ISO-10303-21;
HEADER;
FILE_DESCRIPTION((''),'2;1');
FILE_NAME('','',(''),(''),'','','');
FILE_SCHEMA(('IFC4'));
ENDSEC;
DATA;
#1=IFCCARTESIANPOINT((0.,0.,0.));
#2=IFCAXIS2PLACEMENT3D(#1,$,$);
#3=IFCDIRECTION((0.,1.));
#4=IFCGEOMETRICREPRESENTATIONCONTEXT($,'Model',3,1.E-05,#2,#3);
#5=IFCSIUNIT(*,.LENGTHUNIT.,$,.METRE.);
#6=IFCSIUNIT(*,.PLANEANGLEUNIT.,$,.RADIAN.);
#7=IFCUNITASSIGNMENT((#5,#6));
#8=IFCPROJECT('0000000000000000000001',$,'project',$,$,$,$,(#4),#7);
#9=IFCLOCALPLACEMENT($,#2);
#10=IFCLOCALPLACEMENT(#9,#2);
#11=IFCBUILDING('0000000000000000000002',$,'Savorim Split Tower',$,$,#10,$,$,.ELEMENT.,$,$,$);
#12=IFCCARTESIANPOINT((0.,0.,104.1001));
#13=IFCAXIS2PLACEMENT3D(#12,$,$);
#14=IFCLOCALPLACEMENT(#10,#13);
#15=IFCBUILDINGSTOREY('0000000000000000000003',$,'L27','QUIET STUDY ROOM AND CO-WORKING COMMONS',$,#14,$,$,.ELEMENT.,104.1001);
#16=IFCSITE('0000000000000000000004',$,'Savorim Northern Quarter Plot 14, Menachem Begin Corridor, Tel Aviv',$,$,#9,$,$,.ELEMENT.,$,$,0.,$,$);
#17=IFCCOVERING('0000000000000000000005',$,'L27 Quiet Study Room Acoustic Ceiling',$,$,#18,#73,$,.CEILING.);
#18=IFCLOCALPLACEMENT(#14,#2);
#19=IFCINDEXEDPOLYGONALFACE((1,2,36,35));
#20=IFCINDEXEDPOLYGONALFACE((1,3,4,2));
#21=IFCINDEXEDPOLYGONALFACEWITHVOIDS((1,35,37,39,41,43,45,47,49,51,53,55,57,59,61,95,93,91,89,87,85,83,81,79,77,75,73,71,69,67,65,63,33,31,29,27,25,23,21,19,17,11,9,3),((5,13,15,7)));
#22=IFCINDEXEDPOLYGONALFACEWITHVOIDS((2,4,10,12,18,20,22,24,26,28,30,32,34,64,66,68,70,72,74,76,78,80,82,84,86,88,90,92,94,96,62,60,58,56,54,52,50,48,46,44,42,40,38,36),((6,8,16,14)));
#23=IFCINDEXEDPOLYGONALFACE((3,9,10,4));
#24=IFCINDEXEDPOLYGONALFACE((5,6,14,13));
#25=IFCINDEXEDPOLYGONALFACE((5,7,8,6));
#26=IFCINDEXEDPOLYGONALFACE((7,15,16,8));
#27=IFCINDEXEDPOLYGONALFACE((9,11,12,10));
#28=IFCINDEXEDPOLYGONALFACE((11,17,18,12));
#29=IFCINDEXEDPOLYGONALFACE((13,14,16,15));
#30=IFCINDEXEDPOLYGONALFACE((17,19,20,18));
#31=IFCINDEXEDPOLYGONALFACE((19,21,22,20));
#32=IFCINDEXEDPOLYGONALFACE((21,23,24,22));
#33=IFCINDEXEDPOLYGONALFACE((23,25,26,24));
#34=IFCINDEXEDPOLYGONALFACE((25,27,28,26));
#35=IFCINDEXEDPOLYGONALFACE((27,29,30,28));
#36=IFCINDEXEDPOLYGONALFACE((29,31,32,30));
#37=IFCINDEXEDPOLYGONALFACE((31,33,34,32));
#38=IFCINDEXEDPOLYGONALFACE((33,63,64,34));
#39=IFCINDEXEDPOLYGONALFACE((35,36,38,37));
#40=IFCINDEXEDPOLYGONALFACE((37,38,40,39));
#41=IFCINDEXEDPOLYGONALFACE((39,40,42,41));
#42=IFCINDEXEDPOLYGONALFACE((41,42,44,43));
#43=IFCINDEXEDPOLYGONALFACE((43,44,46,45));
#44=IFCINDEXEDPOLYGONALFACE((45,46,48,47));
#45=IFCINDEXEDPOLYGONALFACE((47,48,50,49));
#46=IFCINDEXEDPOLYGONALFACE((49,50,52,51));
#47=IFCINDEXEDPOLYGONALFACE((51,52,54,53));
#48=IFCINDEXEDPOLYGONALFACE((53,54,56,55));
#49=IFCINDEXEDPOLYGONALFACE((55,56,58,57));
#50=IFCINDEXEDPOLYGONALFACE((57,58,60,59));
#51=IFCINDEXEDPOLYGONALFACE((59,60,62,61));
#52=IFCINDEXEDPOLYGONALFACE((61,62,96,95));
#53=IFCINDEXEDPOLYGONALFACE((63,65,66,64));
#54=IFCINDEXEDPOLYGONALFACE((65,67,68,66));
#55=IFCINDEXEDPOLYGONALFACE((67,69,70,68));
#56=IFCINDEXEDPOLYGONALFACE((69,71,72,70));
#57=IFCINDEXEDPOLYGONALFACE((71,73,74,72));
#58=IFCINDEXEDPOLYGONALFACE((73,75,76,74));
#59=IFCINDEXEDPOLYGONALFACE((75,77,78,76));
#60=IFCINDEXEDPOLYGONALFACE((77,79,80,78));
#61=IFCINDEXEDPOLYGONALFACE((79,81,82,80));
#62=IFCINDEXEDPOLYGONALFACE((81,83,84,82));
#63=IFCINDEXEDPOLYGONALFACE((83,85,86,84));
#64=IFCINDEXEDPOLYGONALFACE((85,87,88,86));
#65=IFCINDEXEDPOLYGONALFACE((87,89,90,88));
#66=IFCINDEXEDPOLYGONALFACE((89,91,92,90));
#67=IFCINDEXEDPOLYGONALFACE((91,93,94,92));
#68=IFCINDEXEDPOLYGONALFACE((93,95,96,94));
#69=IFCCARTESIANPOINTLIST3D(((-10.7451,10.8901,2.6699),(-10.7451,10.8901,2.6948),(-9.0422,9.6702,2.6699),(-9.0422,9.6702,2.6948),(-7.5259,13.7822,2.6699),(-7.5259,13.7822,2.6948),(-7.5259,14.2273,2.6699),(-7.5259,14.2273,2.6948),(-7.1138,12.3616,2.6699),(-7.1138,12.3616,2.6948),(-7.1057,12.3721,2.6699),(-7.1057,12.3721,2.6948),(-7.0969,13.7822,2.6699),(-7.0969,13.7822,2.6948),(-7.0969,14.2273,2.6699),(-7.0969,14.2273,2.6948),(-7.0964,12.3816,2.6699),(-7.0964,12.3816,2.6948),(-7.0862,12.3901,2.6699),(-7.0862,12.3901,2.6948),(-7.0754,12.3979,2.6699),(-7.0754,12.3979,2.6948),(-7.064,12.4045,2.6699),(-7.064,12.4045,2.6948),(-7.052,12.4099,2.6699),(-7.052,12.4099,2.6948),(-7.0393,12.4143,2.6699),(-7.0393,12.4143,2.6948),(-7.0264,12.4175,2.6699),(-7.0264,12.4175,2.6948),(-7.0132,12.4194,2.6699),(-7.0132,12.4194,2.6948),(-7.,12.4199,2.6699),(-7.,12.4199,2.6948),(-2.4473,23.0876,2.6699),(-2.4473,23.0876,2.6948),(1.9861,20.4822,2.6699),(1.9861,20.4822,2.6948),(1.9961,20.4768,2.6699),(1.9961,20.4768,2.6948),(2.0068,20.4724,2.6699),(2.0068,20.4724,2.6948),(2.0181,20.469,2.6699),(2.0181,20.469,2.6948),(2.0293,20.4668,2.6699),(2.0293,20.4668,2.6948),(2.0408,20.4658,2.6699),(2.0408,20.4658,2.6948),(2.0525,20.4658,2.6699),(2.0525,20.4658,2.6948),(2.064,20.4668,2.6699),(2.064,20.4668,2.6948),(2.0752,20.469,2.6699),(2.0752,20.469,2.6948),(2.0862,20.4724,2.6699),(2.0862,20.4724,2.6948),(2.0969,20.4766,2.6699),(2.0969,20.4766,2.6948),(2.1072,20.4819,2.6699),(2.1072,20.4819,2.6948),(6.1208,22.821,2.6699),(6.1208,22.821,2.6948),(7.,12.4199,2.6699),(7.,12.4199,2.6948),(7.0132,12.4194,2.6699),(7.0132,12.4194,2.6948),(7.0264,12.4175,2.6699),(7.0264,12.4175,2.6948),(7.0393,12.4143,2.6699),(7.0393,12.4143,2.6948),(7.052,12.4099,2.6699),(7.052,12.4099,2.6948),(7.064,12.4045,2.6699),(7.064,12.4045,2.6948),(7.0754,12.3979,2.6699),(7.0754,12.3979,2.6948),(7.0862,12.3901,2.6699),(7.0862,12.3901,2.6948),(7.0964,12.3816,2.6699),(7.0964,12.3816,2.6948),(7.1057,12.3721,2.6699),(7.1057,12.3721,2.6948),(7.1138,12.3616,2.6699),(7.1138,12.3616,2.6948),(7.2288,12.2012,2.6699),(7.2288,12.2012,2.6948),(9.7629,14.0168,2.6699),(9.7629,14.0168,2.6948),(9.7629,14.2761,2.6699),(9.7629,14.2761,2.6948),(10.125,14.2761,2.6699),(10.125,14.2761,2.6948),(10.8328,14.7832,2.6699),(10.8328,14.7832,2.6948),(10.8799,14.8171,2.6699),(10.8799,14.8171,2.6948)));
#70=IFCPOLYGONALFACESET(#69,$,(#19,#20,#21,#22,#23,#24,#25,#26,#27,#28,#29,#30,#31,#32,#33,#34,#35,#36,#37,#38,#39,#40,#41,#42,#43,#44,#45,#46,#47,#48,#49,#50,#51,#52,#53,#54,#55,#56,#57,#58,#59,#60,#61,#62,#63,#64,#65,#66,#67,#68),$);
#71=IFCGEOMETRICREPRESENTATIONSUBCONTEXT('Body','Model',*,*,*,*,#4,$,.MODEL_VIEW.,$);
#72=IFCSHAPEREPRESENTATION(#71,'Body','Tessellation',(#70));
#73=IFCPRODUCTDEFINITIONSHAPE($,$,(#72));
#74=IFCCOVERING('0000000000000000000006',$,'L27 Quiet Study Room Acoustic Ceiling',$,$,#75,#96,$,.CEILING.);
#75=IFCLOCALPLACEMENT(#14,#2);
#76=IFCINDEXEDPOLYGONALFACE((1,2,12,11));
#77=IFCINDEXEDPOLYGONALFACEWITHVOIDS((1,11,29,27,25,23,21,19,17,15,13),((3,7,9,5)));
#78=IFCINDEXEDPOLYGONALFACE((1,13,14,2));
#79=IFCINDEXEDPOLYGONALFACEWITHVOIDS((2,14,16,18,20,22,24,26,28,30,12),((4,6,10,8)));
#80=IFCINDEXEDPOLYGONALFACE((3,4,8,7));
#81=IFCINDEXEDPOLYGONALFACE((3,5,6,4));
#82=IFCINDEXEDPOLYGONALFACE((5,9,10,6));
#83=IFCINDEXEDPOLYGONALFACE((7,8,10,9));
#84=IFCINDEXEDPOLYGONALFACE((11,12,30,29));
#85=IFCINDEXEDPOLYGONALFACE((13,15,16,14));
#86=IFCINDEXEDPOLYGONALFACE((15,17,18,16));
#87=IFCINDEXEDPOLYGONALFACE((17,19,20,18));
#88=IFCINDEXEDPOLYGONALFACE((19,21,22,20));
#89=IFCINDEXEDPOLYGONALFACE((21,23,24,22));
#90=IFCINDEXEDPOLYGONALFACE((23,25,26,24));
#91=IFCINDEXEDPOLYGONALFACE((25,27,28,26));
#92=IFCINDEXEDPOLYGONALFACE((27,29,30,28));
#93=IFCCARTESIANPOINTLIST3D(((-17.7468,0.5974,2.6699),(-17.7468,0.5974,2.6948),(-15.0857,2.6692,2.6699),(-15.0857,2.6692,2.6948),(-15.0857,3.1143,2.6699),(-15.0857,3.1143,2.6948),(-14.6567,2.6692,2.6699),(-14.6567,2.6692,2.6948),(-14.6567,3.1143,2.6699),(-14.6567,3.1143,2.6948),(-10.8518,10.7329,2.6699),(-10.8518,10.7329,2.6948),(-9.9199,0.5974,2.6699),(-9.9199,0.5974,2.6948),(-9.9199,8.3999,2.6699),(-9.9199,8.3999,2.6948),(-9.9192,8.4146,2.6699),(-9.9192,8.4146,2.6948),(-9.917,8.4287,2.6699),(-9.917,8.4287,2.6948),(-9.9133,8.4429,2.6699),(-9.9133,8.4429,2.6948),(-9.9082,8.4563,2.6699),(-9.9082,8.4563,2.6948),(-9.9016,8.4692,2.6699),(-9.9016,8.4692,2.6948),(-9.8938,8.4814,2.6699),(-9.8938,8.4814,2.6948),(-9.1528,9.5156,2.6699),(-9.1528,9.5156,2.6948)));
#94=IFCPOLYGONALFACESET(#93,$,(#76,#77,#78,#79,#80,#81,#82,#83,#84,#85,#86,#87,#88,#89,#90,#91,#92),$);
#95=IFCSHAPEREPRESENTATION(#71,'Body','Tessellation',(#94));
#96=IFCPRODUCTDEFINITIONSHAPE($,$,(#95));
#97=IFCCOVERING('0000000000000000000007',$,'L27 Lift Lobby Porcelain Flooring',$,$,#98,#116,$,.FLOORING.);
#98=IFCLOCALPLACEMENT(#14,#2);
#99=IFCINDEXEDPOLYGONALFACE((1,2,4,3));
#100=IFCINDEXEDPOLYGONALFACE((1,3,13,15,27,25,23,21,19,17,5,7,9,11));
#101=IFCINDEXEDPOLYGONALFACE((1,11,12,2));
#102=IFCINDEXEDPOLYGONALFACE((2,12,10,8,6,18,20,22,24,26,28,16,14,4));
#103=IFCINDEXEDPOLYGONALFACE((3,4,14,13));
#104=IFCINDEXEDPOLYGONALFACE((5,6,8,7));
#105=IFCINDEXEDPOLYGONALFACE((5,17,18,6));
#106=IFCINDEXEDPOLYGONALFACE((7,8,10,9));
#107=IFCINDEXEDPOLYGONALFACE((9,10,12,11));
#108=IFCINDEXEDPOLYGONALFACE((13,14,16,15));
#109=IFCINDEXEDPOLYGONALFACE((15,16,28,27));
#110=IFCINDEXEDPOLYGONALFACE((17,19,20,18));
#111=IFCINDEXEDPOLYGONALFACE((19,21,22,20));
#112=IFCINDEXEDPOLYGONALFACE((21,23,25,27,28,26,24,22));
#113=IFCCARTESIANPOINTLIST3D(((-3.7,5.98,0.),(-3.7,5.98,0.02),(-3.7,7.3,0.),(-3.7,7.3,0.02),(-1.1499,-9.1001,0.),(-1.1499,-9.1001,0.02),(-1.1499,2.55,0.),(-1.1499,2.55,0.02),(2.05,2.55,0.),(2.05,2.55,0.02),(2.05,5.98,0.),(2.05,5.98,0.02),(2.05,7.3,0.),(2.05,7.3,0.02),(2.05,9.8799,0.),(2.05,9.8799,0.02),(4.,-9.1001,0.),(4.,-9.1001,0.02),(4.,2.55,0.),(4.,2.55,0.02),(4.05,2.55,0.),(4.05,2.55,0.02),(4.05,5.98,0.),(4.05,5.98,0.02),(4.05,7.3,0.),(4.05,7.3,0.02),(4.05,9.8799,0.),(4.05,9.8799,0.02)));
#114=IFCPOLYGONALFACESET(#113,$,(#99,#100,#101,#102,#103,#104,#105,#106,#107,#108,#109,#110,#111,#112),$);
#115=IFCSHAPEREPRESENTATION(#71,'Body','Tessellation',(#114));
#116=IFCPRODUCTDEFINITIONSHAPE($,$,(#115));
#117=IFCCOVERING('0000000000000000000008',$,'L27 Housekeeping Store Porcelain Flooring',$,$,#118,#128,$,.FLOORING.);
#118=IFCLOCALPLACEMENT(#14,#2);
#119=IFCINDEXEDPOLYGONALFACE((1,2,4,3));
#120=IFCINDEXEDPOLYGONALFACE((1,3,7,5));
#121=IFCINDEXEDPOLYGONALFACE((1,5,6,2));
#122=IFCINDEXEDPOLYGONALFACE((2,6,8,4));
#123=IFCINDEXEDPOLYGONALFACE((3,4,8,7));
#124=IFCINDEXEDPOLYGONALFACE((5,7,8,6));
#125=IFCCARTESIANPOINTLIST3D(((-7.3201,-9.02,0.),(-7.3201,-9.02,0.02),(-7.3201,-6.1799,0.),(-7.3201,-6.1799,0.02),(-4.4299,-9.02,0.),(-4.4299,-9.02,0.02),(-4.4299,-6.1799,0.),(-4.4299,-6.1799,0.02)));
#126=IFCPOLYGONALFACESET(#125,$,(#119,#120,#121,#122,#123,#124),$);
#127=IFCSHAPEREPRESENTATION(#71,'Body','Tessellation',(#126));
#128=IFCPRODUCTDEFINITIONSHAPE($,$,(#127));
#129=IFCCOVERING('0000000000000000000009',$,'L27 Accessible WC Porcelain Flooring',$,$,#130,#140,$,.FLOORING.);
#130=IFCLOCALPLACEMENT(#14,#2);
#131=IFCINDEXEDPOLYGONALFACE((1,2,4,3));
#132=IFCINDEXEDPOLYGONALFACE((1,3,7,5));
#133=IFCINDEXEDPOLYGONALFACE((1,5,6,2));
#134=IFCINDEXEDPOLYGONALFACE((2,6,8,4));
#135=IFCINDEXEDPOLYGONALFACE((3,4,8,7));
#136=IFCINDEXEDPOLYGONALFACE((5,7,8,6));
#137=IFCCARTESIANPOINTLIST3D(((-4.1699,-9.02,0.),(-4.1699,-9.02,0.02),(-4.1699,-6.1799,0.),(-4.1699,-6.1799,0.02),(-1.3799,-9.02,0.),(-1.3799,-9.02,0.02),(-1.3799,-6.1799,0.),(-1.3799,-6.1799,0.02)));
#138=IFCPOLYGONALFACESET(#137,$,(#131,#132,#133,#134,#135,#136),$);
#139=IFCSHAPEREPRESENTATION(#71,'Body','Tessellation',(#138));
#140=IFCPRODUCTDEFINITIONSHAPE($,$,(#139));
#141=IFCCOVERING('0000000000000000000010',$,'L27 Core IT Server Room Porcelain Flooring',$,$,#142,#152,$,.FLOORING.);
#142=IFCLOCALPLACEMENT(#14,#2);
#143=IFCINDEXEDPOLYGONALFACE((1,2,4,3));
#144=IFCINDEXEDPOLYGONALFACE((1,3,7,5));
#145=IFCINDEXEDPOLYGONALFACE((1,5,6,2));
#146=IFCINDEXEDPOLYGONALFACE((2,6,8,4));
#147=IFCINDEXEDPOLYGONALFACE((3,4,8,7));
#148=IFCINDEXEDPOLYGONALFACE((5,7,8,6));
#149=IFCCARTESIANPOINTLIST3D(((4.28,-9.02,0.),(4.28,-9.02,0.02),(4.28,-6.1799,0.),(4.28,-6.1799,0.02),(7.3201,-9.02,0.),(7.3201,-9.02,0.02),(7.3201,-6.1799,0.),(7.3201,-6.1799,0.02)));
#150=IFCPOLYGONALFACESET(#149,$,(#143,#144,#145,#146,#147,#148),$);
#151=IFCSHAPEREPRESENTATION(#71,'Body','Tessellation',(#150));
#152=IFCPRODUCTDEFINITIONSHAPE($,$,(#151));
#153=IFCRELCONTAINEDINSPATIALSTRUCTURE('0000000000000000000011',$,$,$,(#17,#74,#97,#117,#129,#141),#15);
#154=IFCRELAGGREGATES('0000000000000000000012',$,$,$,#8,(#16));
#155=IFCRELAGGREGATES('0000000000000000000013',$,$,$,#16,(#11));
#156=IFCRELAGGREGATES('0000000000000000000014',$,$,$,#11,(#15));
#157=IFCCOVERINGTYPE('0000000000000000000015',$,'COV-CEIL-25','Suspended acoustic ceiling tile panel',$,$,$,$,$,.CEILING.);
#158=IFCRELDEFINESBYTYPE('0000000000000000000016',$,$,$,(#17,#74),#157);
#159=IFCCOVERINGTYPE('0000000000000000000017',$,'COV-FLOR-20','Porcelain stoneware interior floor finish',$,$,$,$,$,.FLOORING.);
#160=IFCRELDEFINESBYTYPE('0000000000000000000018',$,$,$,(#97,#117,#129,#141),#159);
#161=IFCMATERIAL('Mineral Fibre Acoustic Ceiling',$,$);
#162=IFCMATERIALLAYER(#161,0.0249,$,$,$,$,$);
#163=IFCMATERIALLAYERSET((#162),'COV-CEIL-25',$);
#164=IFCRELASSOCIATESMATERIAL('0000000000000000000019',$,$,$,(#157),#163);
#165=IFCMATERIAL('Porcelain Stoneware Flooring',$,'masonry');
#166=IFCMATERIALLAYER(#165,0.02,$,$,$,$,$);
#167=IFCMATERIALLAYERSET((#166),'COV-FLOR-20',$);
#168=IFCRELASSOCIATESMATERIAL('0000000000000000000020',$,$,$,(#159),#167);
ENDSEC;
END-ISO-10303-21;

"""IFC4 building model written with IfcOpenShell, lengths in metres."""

from ifc_helpers import new_model, si_unit, direction, frame, origin, place, context, subcontext, project, spatial, polyline, outline, extrude, material, layer, layer_set, type_object, element, save


model = new_model("IFC4")

# Units and contexts
model_context = context("Model", 3, precision=1e-05, world=origin(), true_north=direction((0.0, 1.0)))
body_context = subcontext(model_context, "Body", "Model", "MODEL_VIEW")
ifc_project = project(units=[si_unit("LENGTHUNIT", "METRE"), si_unit("PLANEANGLEUNIT", "RADIAN")], contexts=[model_context])

# Site, building, storey
site_placement = place(None, origin())
site = spatial("IfcSite", under=ifc_project, at=site_placement, Name="Savorim Northern Quarter Plot 14, Menachem Begin Corridor, Tel Aviv", CompositionType="ELEMENT", RefElevation=0.0)
building_placement = place(site_placement, origin())
building = spatial("IfcBuilding", under=site, at=building_placement, Name="Savorim Split Tower", CompositionType="ELEMENT")
storey_placement = place(building_placement, frame((0.0, 0.0, 104.1001)))
storey = spatial("IfcBuildingStorey", under=building, at=storey_placement, Name="L27", Description="QUIET STUDY ROOM AND CO-WORKING COMMONS", CompositionType="ELEMENT", Elevation=104.1001)

# Coverings
ifc_material_1 = material(Name="Mineral Fibre Acoustic Ceiling")
ifc_layer_1 = layer(ifc_material_1, 0.0249)
ifc_layer_set_1 = layer_set([ifc_layer_1], Name="COV-CEIL-25")
covering_type_1 = type_object("IfcCoveringType", Name="COV-CEIL-25", Description="Suspended acoustic ceiling tile panel", PredefinedType="CEILING", material=ifc_layer_set_1)
covering_1_placement = place(storey_placement, frame((0.0, 0.0, 2.6699)))
element("IfcCovering", 1, at=covering_1_placement, inside=storey, type_object=covering_type_1, Name="L27 Quiet Study Room Acoustic Ceiling", PredefinedType="CEILING", context=body_context, shape_type="SweptSolid", body=[
    extrude(outline(polyline([(2.0068, 20.4724), (1.9961, 20.4768), (1.9861, 20.4822), (-2.4473, 23.0876), (-10.7451, 10.8901), (-9.0422, 9.6702), (-7.1138, 12.3616), (-7.1057, 12.3721), (-7.0964, 12.3816), (-7.0862, 12.3901), (-7.0754, 12.3979), (-7.064, 12.4045), (-7.052, 12.4099), (-7.0393, 12.4143), (-7.0264, 12.4175), (-7.0132, 12.4194), (-7.0, 12.4199), (7.0, 12.4199), (7.0132, 12.4194), (7.0264, 12.4175), (7.0393, 12.4143), (7.052, 12.4099), (7.064, 12.4045), (7.0754, 12.3979), (7.0862, 12.3901), (7.0964, 12.3816), (7.1057, 12.3721), (7.1138, 12.3616), (7.2288, 12.2012), (9.7629, 14.0168), (9.7629, 14.2761), (10.125, 14.2761), (10.8328, 14.7832), (10.8799, 14.8171), (6.1208, 22.821), (2.1072, 20.4819), (2.0969, 20.4766), (2.0862, 20.4724), (2.0752, 20.469), (2.064, 20.4668), (2.0525, 20.4658), (2.0408, 20.4658), (2.0293, 20.4668), (2.0181, 20.469), (2.0068, 20.4724)]), holes=[polyline([(-7.0969, 14.2273), (-7.5259, 14.2273), (-7.5259, 13.7822), (-7.0969, 13.7822), (-7.0969, 14.2273)])]), origin(), (0.0, 0.0, 1.0), 0.0249),
])
covering_2_placement = place(storey_placement, frame((0.0, 0.0, 2.6699)))
element("IfcCovering", 2, at=covering_2_placement, inside=storey, type_object=covering_type_1, Name="L27 Quiet Study Room Acoustic Ceiling", PredefinedType="CEILING", context=body_context, shape_type="SweptSolid", body=[
    extrude(outline(polyline([(-9.9082, 8.4563), (-9.9016, 8.4692), (-9.8938, 8.4814), (-9.1528, 9.5156), (-10.8518, 10.7329), (-17.7468, 0.5974), (-9.9199, 0.5974), (-9.9199, 8.3999), (-9.9192, 8.4146), (-9.917, 8.4287), (-9.9133, 8.4429), (-9.9082, 8.4563)]), holes=[polyline([(-15.0857, 3.1143), (-15.0857, 2.6692), (-14.6567, 2.6692), (-14.6567, 3.1143), (-15.0857, 3.1143)])]), origin(), (0.0, 0.0, 1.0), 0.0249),
])
ifc_material_2 = material(Name="Porcelain Stoneware Flooring", Category="masonry")
ifc_layer_2 = layer(ifc_material_2, 0.02)
ifc_layer_set_2 = layer_set([ifc_layer_2], Name="COV-FLOR-20")
covering_type_2 = type_object("IfcCoveringType", Name="COV-FLOR-20", Description="Porcelain stoneware interior floor finish", PredefinedType="FLOORING", material=ifc_layer_set_2)
covering_3_placement = place(storey_placement, origin())
element("IfcCovering", 3, at=covering_3_placement, inside=storey, type_object=covering_type_2, Name="L27 Lift Lobby Porcelain Flooring", PredefinedType="FLOORING", context=body_context, shape_type="SweptSolid", body=[
    extrude(outline(polyline([(2.05, 2.55), (-1.1499, 2.55), (-1.1499, -9.1001), (4.0, -9.1001), (4.0, 2.55), (4.05, 2.55), (4.05, 5.98), (4.05, 7.3), (4.05, 9.8799), (2.05, 9.8799), (2.05, 7.3), (-3.7, 7.3), (-3.7, 5.98), (2.05, 5.98), (2.05, 2.55)])), origin(), (0.0, 0.0, 1.0), 0.02),
])
covering_4_placement = place(storey_placement, origin())
element("IfcCovering", 4, at=covering_4_placement, inside=storey, type_object=covering_type_2, Name="L27 Housekeeping Store Porcelain Flooring", PredefinedType="FLOORING", context=body_context, shape_type="SweptSolid", body=[
    extrude(outline(polyline([(-7.3201, -6.1799), (-7.3201, -9.02), (-4.4299, -9.02), (-4.4299, -6.1799), (-7.3201, -6.1799)])), origin(), (0.0, 0.0, 1.0), 0.02),
])
covering_5_placement = place(storey_placement, origin())
element("IfcCovering", 5, at=covering_5_placement, inside=storey, type_object=covering_type_2, Name="L27 Accessible WC Porcelain Flooring", PredefinedType="FLOORING", context=body_context, shape_type="SweptSolid", body=[
    extrude(outline(polyline([(-4.1699, -6.1799), (-4.1699, -9.02), (-1.3799, -9.02), (-1.3799, -6.1799), (-4.1699, -6.1799)])), origin(), (0.0, 0.0, 1.0), 0.02),
])
covering_6_placement = place(storey_placement, origin())
element("IfcCovering", 6, at=covering_6_placement, inside=storey, type_object=covering_type_2, Name="L27 Core IT Server Room Porcelain Flooring", PredefinedType="FLOORING", context=body_context, shape_type="SweptSolid", body=[
    extrude(outline(polyline([(4.28, -6.1799), (4.28, -9.02), (7.3201, -9.02), (7.3201, -6.1799), (4.28, -6.1799)])), origin(), (0.0, 0.0, 1.0), 0.02),
])

save(model, "model.ifc")
